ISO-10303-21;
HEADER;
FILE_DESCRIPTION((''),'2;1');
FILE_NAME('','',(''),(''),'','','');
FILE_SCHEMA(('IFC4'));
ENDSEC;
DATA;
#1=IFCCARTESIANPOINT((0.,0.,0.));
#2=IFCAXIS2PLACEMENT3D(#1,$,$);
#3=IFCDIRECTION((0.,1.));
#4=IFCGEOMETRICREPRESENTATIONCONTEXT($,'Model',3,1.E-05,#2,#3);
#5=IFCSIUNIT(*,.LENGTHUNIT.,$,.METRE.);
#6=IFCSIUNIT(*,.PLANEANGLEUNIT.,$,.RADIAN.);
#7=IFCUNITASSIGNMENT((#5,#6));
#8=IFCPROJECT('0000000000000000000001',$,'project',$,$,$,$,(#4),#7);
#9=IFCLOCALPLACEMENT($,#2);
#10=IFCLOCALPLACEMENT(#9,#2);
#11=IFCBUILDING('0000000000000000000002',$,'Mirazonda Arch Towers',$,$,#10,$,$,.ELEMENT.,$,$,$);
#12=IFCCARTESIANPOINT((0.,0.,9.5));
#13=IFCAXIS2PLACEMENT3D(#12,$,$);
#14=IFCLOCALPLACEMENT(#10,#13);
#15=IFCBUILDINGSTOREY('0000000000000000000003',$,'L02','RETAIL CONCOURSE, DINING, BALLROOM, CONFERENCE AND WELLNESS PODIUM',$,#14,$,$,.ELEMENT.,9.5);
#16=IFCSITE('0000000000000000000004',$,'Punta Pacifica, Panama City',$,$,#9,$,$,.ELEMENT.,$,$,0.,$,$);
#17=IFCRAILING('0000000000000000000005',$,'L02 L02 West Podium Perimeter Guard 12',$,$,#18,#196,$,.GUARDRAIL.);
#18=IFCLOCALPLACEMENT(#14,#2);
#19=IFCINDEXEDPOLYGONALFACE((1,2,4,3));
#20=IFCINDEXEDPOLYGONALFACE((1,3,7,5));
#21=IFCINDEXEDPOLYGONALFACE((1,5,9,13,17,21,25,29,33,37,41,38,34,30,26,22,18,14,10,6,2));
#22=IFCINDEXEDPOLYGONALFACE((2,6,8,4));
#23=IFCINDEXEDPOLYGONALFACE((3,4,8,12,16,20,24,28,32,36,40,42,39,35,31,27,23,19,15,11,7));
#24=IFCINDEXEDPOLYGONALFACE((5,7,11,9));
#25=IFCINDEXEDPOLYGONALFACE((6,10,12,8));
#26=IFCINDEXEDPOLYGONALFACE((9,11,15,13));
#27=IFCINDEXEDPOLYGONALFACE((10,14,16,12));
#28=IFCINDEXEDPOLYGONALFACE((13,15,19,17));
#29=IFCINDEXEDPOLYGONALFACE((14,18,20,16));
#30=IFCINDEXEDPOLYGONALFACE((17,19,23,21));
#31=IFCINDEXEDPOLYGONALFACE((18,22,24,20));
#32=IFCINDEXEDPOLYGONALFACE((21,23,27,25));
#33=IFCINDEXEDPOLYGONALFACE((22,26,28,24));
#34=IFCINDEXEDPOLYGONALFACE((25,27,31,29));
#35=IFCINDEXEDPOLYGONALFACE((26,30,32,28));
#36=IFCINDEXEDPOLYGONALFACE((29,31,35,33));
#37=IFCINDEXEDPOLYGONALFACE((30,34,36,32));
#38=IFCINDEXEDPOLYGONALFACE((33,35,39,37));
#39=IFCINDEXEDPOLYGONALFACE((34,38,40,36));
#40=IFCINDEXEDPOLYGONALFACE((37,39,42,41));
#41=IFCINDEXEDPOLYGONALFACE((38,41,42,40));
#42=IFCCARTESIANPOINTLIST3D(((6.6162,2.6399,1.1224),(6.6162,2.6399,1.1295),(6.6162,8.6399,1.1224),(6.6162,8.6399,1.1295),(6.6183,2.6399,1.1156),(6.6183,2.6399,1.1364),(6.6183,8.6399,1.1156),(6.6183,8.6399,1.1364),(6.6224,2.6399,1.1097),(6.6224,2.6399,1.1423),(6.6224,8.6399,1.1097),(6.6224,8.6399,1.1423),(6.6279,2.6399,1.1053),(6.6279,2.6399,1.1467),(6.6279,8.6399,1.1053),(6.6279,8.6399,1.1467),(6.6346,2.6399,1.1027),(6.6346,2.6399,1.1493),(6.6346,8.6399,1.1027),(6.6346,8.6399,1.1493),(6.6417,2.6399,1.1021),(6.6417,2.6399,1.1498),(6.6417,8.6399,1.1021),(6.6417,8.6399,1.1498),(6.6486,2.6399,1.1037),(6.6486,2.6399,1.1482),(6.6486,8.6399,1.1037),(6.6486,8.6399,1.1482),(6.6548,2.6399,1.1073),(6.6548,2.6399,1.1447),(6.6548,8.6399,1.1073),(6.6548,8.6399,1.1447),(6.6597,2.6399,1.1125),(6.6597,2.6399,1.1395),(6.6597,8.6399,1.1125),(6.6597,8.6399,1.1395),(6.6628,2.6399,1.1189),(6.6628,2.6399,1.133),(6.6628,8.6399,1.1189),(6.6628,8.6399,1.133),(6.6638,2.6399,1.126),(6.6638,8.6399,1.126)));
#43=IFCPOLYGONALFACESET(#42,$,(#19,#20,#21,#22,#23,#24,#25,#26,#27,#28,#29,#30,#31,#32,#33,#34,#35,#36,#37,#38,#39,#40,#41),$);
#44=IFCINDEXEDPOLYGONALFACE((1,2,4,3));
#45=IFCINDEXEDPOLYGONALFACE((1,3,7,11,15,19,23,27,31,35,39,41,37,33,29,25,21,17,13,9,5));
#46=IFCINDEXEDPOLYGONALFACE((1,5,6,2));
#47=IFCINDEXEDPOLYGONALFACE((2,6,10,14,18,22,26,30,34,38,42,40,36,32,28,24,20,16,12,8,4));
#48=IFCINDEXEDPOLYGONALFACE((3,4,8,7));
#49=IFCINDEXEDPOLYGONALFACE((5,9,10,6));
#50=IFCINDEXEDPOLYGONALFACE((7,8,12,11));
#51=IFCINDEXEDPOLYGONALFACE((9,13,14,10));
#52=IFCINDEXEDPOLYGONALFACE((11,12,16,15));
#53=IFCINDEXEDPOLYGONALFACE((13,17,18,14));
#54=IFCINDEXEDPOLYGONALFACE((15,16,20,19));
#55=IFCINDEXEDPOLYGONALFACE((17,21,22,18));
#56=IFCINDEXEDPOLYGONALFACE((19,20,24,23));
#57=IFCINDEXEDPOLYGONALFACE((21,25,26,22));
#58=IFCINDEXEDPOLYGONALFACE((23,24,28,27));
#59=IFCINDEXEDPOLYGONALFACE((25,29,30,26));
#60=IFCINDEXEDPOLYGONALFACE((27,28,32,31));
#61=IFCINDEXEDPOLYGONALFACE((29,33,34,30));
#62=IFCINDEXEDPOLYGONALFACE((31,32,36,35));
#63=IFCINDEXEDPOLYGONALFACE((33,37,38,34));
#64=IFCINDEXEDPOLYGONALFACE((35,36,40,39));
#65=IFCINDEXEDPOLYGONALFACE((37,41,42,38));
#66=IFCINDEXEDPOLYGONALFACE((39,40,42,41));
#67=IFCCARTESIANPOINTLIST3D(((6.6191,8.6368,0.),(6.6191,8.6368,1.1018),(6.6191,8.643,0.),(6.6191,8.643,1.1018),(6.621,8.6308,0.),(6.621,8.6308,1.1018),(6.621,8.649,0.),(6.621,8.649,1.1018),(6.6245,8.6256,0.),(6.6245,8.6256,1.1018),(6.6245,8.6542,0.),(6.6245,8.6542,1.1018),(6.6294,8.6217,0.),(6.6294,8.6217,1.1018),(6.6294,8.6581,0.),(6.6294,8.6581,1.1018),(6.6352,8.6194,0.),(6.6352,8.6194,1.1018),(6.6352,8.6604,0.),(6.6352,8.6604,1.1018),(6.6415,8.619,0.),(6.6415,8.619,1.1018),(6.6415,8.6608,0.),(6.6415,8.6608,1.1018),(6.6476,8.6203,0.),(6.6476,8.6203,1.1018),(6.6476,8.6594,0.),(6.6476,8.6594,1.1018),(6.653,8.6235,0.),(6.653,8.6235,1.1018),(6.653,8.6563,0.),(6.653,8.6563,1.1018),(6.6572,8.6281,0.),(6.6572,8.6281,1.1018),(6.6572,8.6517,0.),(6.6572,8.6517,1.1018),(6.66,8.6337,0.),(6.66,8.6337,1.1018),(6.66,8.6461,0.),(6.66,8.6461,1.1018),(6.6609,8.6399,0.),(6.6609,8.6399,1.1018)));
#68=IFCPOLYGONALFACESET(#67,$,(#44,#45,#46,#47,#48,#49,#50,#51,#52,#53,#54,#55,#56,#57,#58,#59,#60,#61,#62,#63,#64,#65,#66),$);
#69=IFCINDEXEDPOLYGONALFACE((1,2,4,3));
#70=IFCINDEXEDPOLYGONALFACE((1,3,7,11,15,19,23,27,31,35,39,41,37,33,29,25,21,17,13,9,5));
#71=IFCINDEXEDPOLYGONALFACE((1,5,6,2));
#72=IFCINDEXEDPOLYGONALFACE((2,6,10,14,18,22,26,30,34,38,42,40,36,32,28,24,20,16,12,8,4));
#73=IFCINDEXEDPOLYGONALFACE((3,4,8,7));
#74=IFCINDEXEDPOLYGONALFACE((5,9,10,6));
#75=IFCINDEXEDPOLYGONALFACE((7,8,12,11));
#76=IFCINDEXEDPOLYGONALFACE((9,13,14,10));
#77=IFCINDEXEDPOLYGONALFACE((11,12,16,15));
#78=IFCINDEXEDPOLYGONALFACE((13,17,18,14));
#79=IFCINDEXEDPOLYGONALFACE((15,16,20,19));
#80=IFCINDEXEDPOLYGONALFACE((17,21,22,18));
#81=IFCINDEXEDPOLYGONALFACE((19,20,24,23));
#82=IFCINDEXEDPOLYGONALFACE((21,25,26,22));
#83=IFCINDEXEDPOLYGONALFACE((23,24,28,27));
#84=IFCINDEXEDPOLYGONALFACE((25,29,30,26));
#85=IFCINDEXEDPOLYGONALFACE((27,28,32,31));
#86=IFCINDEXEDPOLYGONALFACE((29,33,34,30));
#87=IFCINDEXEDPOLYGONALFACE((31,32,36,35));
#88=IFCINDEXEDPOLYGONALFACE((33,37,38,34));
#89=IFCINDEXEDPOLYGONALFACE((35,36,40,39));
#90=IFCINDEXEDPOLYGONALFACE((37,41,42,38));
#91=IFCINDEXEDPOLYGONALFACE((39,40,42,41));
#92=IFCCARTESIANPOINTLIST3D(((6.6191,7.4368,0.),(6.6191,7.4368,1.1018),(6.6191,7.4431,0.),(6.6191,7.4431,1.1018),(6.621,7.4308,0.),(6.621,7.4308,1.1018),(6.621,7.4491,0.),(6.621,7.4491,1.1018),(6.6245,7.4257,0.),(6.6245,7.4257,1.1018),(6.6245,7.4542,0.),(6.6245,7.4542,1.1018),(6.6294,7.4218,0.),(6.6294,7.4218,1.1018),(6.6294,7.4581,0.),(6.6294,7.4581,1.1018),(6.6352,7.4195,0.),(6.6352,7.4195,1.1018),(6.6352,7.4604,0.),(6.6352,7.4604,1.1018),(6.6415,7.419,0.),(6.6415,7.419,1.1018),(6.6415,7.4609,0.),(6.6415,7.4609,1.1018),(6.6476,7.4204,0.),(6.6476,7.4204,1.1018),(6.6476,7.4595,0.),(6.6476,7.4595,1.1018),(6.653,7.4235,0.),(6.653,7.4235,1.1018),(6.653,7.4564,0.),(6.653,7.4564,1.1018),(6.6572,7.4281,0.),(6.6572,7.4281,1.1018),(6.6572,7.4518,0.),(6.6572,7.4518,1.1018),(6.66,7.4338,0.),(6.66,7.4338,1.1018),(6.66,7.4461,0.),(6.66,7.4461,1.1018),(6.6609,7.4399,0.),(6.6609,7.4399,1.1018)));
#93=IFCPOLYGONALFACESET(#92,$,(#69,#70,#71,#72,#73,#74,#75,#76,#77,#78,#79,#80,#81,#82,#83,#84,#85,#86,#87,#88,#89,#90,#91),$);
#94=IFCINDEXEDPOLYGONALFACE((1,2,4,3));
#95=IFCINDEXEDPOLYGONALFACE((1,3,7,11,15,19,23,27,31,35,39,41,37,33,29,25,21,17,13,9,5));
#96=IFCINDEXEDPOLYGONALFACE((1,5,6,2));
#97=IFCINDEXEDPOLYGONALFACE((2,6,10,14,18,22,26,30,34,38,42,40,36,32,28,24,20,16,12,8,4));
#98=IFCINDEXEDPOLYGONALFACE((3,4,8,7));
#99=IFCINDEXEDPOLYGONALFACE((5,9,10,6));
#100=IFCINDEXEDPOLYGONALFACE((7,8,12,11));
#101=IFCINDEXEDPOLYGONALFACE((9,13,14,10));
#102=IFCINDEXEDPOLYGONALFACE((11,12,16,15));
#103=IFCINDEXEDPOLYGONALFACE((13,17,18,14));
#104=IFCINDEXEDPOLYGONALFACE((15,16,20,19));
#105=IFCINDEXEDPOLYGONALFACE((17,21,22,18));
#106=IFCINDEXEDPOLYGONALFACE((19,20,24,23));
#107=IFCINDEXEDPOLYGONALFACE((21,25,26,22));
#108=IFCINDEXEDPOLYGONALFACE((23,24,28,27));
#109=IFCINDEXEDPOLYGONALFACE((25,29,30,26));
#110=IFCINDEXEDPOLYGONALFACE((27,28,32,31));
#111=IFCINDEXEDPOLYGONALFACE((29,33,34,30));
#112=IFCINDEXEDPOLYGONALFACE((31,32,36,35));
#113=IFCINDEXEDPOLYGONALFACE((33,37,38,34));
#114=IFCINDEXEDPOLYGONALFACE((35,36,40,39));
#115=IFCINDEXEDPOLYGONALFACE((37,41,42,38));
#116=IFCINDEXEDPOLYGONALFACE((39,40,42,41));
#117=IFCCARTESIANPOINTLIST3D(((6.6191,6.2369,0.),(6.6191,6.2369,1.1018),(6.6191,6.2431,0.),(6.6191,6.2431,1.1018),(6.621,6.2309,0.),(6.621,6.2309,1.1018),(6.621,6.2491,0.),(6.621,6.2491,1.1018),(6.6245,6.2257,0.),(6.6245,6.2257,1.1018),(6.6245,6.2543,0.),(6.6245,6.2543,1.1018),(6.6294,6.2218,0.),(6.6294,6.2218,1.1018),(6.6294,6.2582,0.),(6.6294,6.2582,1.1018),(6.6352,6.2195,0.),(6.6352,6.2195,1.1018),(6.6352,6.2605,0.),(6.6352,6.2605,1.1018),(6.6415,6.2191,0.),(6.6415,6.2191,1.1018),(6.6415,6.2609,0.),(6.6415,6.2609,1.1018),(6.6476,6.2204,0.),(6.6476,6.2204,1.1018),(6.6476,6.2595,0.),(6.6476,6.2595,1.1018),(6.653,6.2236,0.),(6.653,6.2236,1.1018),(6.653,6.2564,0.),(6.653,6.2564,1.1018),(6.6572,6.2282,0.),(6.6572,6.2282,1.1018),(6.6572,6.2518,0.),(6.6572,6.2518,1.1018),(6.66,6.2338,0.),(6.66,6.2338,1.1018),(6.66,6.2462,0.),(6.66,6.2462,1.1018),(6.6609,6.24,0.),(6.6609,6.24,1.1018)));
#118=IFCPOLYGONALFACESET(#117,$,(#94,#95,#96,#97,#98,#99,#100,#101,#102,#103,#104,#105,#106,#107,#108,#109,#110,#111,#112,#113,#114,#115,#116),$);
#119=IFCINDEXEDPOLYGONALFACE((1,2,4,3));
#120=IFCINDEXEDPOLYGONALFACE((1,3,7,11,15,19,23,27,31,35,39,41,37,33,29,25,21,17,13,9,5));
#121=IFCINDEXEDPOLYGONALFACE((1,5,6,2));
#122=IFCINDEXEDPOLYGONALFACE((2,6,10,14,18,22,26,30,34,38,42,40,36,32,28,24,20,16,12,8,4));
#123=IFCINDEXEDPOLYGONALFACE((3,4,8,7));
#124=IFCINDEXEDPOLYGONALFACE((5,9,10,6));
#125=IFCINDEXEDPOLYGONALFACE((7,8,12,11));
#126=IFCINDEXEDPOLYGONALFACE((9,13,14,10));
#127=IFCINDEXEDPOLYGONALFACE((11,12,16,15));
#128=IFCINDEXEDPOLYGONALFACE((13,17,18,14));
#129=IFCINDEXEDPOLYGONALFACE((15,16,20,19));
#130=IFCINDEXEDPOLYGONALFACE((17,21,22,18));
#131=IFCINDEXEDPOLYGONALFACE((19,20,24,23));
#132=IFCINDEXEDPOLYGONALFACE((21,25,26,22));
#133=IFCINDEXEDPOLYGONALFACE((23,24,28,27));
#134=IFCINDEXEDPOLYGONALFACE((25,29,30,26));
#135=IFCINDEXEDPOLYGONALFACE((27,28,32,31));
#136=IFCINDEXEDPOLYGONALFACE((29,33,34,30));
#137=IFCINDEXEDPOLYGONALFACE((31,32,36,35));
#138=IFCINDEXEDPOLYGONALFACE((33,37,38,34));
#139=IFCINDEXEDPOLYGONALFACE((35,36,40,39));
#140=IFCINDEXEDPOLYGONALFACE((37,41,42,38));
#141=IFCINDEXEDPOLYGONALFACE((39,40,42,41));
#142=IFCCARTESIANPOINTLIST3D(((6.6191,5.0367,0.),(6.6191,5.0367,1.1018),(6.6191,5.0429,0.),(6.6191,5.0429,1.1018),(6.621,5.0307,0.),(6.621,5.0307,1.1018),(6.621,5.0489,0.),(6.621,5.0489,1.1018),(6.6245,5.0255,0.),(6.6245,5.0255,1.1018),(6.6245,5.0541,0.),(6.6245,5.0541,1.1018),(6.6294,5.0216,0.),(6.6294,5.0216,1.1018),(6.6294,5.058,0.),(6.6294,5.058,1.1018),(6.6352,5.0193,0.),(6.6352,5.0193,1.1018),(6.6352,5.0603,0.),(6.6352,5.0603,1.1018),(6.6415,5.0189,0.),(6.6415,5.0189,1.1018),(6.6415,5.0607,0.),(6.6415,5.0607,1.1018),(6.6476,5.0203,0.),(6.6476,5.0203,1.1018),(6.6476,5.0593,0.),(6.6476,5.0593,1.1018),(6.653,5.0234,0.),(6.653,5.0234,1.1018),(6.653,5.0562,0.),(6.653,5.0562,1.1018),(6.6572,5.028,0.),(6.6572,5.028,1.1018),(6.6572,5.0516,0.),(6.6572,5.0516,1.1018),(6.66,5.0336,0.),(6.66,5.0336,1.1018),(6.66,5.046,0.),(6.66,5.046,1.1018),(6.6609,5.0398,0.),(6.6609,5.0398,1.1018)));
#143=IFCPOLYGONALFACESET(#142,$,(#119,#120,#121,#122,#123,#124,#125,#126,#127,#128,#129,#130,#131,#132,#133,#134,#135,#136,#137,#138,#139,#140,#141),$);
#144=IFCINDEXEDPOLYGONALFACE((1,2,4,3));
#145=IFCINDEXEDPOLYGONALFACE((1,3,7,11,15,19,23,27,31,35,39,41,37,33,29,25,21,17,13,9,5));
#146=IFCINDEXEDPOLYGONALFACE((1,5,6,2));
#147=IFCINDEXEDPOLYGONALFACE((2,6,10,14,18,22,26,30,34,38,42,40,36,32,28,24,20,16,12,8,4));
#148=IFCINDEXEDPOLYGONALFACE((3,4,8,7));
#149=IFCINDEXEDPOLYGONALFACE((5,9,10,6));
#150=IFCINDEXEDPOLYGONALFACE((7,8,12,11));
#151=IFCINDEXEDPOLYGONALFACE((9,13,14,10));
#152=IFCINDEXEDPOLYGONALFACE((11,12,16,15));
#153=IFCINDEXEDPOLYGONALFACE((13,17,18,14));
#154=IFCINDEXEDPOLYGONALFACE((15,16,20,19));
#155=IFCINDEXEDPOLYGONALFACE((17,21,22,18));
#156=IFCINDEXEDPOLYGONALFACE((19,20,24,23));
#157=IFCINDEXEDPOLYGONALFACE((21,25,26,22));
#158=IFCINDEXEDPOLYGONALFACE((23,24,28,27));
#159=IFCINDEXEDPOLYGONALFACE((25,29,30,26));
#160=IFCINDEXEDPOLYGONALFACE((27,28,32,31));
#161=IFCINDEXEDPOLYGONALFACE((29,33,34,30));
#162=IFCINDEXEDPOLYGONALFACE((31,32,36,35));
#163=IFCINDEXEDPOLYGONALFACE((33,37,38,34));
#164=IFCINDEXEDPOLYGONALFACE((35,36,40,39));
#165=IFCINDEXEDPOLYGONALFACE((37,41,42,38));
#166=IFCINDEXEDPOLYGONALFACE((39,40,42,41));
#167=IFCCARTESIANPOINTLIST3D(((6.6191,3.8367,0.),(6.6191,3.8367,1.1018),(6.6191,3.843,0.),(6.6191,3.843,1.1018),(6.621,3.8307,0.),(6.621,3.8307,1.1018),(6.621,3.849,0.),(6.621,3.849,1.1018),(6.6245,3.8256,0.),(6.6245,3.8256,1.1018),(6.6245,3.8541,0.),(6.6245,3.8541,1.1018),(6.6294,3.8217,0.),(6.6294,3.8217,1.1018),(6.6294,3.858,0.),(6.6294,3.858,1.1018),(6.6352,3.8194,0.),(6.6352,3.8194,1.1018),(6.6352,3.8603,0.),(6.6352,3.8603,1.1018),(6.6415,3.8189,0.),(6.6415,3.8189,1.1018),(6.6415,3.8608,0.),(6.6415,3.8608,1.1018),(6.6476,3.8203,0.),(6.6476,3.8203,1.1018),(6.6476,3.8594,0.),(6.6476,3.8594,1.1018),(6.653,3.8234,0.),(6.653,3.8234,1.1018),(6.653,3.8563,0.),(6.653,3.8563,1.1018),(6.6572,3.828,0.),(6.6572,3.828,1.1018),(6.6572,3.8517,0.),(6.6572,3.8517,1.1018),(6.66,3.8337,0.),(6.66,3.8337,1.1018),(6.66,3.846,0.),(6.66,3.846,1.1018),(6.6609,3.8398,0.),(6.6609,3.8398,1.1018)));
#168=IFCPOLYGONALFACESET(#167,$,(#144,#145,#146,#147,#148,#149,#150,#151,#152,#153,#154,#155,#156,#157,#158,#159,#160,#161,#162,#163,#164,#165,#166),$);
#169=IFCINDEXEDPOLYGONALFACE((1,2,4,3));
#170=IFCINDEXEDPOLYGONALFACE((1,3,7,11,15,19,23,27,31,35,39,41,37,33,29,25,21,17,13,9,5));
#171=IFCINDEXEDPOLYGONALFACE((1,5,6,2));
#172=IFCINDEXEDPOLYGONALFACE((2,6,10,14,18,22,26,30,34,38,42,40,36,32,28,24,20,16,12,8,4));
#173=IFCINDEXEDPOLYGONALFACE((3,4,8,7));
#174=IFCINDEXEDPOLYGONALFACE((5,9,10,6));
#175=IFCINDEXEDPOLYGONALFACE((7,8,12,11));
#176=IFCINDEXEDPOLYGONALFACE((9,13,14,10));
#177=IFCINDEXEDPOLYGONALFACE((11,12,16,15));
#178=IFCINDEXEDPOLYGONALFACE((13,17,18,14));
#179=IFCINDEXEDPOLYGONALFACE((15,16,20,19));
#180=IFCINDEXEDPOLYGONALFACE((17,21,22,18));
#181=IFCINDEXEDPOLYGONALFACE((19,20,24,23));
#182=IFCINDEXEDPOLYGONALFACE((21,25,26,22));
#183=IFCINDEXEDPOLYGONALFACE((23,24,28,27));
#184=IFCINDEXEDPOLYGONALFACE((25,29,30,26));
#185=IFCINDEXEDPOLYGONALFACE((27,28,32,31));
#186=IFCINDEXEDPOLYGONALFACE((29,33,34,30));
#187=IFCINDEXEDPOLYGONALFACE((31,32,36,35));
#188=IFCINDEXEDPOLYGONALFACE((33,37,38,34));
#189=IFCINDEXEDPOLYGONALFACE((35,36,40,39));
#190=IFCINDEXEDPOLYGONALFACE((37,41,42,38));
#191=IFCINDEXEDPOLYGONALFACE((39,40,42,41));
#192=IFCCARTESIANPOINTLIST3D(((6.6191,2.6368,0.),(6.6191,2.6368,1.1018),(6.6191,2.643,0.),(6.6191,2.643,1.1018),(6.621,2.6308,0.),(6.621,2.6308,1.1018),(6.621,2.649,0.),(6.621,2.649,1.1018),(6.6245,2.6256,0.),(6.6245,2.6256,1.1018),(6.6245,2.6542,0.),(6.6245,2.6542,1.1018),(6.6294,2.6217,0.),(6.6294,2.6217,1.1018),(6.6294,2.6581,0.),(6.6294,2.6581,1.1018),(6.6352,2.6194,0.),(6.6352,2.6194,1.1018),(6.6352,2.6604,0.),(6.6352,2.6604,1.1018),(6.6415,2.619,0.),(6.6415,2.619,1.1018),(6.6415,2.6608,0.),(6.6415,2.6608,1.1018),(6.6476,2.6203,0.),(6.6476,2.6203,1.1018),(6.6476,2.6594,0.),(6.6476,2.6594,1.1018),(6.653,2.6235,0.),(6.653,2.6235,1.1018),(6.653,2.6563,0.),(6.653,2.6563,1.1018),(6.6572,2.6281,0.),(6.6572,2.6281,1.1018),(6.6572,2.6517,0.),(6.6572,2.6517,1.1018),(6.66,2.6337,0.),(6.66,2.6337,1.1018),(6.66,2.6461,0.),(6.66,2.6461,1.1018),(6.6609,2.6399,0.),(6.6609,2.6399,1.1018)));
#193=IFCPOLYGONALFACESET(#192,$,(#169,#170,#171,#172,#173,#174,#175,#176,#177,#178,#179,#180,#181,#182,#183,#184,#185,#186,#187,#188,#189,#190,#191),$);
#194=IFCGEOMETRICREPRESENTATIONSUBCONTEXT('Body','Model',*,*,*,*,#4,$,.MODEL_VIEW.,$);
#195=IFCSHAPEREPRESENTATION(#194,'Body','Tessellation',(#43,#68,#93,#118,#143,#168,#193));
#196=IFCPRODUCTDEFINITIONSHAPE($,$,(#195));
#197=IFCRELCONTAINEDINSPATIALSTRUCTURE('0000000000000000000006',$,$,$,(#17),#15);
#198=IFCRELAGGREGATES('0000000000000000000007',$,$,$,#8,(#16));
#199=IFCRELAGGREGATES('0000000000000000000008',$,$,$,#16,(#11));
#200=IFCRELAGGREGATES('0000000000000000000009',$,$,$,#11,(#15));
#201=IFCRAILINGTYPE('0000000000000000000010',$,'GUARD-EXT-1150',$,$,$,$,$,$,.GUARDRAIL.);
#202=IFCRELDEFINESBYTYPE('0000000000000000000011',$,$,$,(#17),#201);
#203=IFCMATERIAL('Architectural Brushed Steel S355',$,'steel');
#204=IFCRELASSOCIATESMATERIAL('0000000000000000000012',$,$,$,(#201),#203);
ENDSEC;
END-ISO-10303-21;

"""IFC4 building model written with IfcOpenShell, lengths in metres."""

from ifc_helpers import new_model, si_unit, direction, frame, origin, origin_2d, place, context, subcontext, project, spatial, circle, extrude, material, type_object, element, save


model = new_model("IFC4")

# Units and contexts
model_context = context("Model", 3, precision=1e-05, world=origin(), true_north=direction((0.0, 1.0)))
body_context = subcontext(model_context, "Body", "Model", "MODEL_VIEW")
ifc_project = project(units=[si_unit("LENGTHUNIT", "METRE"), si_unit("PLANEANGLEUNIT", "RADIAN")], contexts=[model_context])

# Site, building, storey
site_placement = place(None, origin())
site = spatial("IfcSite", under=ifc_project, at=site_placement, Name="Punta Pacifica, Panama City", CompositionType="ELEMENT", RefElevation=0.0)
building_placement = place(site_placement, origin())
building = spatial("IfcBuilding", under=site, at=building_placement, Name="Mirazonda Arch Towers", CompositionType="ELEMENT")
storey_placement = place(building_placement, frame((0.0, 0.0, 9.5)))
storey = spatial("IfcBuildingStorey", under=building, at=storey_placement, Name="L02", Description="RETAIL CONCOURSE, DINING, BALLROOM, CONFERENCE AND WELLNESS PODIUM", CompositionType="ELEMENT", Elevation=9.5)

# Shared definitions
ifc_material_1 = material(Name="Architectural Brushed Steel S355", Category="steel")

# Railing
railing_type = type_object("IfcRailingType", Name="GUARD-EXT-1150", PredefinedType="GUARDRAIL", material=ifc_material_1)
railing_1_placement = place(storey_placement, frame((6.6399, 8.6399, 0.0)))
element("IfcRailing", 1, at=railing_1_placement, inside=storey, type_object=railing_type, Name="L02 L02 West Podium Perimeter Guard 12", PredefinedType="GUARDRAIL", context=body_context, shape_type="SweptSolid", body=[
    extrude(circle(Radius=0.0239, at=origin_2d()), frame((0.0, 0.0, 1.126), z_axis=(0.0, -1.0, 0.0), x_axis=(1.0, 0.0, 0.0)), (0.0, 0.0, 1.0), 6.0),
    extrude(circle(Radius=0.021, at=origin_2d()), origin(), (0.0, 0.0, 1.0), 1.1018),
    extrude(circle(Radius=0.021, at=origin_2d()), frame((0.0, -1.2, 0.0)), (0.0, 0.0, 1.0), 1.1018),
    extrude(circle(Radius=0.021, at=origin_2d()), frame((0.0, -2.3999, 0.0)), (0.0, 0.0, 1.0), 1.1018),
    extrude(circle(Radius=0.021, at=origin_2d()), frame((0.0, -3.6001, 0.0)), (0.0, 0.0, 1.0), 1.1018),
    extrude(circle(Radius=0.021, at=origin_2d()), frame((0.0, -4.8, 0.0)), (0.0, 0.0, 1.0), 1.1018),
    extrude(circle(Radius=0.021, at=origin_2d()), frame((0.0, -6.0, 0.0)), (0.0, 0.0, 1.0), 1.1018),
])

save(model, "model.ifc")
